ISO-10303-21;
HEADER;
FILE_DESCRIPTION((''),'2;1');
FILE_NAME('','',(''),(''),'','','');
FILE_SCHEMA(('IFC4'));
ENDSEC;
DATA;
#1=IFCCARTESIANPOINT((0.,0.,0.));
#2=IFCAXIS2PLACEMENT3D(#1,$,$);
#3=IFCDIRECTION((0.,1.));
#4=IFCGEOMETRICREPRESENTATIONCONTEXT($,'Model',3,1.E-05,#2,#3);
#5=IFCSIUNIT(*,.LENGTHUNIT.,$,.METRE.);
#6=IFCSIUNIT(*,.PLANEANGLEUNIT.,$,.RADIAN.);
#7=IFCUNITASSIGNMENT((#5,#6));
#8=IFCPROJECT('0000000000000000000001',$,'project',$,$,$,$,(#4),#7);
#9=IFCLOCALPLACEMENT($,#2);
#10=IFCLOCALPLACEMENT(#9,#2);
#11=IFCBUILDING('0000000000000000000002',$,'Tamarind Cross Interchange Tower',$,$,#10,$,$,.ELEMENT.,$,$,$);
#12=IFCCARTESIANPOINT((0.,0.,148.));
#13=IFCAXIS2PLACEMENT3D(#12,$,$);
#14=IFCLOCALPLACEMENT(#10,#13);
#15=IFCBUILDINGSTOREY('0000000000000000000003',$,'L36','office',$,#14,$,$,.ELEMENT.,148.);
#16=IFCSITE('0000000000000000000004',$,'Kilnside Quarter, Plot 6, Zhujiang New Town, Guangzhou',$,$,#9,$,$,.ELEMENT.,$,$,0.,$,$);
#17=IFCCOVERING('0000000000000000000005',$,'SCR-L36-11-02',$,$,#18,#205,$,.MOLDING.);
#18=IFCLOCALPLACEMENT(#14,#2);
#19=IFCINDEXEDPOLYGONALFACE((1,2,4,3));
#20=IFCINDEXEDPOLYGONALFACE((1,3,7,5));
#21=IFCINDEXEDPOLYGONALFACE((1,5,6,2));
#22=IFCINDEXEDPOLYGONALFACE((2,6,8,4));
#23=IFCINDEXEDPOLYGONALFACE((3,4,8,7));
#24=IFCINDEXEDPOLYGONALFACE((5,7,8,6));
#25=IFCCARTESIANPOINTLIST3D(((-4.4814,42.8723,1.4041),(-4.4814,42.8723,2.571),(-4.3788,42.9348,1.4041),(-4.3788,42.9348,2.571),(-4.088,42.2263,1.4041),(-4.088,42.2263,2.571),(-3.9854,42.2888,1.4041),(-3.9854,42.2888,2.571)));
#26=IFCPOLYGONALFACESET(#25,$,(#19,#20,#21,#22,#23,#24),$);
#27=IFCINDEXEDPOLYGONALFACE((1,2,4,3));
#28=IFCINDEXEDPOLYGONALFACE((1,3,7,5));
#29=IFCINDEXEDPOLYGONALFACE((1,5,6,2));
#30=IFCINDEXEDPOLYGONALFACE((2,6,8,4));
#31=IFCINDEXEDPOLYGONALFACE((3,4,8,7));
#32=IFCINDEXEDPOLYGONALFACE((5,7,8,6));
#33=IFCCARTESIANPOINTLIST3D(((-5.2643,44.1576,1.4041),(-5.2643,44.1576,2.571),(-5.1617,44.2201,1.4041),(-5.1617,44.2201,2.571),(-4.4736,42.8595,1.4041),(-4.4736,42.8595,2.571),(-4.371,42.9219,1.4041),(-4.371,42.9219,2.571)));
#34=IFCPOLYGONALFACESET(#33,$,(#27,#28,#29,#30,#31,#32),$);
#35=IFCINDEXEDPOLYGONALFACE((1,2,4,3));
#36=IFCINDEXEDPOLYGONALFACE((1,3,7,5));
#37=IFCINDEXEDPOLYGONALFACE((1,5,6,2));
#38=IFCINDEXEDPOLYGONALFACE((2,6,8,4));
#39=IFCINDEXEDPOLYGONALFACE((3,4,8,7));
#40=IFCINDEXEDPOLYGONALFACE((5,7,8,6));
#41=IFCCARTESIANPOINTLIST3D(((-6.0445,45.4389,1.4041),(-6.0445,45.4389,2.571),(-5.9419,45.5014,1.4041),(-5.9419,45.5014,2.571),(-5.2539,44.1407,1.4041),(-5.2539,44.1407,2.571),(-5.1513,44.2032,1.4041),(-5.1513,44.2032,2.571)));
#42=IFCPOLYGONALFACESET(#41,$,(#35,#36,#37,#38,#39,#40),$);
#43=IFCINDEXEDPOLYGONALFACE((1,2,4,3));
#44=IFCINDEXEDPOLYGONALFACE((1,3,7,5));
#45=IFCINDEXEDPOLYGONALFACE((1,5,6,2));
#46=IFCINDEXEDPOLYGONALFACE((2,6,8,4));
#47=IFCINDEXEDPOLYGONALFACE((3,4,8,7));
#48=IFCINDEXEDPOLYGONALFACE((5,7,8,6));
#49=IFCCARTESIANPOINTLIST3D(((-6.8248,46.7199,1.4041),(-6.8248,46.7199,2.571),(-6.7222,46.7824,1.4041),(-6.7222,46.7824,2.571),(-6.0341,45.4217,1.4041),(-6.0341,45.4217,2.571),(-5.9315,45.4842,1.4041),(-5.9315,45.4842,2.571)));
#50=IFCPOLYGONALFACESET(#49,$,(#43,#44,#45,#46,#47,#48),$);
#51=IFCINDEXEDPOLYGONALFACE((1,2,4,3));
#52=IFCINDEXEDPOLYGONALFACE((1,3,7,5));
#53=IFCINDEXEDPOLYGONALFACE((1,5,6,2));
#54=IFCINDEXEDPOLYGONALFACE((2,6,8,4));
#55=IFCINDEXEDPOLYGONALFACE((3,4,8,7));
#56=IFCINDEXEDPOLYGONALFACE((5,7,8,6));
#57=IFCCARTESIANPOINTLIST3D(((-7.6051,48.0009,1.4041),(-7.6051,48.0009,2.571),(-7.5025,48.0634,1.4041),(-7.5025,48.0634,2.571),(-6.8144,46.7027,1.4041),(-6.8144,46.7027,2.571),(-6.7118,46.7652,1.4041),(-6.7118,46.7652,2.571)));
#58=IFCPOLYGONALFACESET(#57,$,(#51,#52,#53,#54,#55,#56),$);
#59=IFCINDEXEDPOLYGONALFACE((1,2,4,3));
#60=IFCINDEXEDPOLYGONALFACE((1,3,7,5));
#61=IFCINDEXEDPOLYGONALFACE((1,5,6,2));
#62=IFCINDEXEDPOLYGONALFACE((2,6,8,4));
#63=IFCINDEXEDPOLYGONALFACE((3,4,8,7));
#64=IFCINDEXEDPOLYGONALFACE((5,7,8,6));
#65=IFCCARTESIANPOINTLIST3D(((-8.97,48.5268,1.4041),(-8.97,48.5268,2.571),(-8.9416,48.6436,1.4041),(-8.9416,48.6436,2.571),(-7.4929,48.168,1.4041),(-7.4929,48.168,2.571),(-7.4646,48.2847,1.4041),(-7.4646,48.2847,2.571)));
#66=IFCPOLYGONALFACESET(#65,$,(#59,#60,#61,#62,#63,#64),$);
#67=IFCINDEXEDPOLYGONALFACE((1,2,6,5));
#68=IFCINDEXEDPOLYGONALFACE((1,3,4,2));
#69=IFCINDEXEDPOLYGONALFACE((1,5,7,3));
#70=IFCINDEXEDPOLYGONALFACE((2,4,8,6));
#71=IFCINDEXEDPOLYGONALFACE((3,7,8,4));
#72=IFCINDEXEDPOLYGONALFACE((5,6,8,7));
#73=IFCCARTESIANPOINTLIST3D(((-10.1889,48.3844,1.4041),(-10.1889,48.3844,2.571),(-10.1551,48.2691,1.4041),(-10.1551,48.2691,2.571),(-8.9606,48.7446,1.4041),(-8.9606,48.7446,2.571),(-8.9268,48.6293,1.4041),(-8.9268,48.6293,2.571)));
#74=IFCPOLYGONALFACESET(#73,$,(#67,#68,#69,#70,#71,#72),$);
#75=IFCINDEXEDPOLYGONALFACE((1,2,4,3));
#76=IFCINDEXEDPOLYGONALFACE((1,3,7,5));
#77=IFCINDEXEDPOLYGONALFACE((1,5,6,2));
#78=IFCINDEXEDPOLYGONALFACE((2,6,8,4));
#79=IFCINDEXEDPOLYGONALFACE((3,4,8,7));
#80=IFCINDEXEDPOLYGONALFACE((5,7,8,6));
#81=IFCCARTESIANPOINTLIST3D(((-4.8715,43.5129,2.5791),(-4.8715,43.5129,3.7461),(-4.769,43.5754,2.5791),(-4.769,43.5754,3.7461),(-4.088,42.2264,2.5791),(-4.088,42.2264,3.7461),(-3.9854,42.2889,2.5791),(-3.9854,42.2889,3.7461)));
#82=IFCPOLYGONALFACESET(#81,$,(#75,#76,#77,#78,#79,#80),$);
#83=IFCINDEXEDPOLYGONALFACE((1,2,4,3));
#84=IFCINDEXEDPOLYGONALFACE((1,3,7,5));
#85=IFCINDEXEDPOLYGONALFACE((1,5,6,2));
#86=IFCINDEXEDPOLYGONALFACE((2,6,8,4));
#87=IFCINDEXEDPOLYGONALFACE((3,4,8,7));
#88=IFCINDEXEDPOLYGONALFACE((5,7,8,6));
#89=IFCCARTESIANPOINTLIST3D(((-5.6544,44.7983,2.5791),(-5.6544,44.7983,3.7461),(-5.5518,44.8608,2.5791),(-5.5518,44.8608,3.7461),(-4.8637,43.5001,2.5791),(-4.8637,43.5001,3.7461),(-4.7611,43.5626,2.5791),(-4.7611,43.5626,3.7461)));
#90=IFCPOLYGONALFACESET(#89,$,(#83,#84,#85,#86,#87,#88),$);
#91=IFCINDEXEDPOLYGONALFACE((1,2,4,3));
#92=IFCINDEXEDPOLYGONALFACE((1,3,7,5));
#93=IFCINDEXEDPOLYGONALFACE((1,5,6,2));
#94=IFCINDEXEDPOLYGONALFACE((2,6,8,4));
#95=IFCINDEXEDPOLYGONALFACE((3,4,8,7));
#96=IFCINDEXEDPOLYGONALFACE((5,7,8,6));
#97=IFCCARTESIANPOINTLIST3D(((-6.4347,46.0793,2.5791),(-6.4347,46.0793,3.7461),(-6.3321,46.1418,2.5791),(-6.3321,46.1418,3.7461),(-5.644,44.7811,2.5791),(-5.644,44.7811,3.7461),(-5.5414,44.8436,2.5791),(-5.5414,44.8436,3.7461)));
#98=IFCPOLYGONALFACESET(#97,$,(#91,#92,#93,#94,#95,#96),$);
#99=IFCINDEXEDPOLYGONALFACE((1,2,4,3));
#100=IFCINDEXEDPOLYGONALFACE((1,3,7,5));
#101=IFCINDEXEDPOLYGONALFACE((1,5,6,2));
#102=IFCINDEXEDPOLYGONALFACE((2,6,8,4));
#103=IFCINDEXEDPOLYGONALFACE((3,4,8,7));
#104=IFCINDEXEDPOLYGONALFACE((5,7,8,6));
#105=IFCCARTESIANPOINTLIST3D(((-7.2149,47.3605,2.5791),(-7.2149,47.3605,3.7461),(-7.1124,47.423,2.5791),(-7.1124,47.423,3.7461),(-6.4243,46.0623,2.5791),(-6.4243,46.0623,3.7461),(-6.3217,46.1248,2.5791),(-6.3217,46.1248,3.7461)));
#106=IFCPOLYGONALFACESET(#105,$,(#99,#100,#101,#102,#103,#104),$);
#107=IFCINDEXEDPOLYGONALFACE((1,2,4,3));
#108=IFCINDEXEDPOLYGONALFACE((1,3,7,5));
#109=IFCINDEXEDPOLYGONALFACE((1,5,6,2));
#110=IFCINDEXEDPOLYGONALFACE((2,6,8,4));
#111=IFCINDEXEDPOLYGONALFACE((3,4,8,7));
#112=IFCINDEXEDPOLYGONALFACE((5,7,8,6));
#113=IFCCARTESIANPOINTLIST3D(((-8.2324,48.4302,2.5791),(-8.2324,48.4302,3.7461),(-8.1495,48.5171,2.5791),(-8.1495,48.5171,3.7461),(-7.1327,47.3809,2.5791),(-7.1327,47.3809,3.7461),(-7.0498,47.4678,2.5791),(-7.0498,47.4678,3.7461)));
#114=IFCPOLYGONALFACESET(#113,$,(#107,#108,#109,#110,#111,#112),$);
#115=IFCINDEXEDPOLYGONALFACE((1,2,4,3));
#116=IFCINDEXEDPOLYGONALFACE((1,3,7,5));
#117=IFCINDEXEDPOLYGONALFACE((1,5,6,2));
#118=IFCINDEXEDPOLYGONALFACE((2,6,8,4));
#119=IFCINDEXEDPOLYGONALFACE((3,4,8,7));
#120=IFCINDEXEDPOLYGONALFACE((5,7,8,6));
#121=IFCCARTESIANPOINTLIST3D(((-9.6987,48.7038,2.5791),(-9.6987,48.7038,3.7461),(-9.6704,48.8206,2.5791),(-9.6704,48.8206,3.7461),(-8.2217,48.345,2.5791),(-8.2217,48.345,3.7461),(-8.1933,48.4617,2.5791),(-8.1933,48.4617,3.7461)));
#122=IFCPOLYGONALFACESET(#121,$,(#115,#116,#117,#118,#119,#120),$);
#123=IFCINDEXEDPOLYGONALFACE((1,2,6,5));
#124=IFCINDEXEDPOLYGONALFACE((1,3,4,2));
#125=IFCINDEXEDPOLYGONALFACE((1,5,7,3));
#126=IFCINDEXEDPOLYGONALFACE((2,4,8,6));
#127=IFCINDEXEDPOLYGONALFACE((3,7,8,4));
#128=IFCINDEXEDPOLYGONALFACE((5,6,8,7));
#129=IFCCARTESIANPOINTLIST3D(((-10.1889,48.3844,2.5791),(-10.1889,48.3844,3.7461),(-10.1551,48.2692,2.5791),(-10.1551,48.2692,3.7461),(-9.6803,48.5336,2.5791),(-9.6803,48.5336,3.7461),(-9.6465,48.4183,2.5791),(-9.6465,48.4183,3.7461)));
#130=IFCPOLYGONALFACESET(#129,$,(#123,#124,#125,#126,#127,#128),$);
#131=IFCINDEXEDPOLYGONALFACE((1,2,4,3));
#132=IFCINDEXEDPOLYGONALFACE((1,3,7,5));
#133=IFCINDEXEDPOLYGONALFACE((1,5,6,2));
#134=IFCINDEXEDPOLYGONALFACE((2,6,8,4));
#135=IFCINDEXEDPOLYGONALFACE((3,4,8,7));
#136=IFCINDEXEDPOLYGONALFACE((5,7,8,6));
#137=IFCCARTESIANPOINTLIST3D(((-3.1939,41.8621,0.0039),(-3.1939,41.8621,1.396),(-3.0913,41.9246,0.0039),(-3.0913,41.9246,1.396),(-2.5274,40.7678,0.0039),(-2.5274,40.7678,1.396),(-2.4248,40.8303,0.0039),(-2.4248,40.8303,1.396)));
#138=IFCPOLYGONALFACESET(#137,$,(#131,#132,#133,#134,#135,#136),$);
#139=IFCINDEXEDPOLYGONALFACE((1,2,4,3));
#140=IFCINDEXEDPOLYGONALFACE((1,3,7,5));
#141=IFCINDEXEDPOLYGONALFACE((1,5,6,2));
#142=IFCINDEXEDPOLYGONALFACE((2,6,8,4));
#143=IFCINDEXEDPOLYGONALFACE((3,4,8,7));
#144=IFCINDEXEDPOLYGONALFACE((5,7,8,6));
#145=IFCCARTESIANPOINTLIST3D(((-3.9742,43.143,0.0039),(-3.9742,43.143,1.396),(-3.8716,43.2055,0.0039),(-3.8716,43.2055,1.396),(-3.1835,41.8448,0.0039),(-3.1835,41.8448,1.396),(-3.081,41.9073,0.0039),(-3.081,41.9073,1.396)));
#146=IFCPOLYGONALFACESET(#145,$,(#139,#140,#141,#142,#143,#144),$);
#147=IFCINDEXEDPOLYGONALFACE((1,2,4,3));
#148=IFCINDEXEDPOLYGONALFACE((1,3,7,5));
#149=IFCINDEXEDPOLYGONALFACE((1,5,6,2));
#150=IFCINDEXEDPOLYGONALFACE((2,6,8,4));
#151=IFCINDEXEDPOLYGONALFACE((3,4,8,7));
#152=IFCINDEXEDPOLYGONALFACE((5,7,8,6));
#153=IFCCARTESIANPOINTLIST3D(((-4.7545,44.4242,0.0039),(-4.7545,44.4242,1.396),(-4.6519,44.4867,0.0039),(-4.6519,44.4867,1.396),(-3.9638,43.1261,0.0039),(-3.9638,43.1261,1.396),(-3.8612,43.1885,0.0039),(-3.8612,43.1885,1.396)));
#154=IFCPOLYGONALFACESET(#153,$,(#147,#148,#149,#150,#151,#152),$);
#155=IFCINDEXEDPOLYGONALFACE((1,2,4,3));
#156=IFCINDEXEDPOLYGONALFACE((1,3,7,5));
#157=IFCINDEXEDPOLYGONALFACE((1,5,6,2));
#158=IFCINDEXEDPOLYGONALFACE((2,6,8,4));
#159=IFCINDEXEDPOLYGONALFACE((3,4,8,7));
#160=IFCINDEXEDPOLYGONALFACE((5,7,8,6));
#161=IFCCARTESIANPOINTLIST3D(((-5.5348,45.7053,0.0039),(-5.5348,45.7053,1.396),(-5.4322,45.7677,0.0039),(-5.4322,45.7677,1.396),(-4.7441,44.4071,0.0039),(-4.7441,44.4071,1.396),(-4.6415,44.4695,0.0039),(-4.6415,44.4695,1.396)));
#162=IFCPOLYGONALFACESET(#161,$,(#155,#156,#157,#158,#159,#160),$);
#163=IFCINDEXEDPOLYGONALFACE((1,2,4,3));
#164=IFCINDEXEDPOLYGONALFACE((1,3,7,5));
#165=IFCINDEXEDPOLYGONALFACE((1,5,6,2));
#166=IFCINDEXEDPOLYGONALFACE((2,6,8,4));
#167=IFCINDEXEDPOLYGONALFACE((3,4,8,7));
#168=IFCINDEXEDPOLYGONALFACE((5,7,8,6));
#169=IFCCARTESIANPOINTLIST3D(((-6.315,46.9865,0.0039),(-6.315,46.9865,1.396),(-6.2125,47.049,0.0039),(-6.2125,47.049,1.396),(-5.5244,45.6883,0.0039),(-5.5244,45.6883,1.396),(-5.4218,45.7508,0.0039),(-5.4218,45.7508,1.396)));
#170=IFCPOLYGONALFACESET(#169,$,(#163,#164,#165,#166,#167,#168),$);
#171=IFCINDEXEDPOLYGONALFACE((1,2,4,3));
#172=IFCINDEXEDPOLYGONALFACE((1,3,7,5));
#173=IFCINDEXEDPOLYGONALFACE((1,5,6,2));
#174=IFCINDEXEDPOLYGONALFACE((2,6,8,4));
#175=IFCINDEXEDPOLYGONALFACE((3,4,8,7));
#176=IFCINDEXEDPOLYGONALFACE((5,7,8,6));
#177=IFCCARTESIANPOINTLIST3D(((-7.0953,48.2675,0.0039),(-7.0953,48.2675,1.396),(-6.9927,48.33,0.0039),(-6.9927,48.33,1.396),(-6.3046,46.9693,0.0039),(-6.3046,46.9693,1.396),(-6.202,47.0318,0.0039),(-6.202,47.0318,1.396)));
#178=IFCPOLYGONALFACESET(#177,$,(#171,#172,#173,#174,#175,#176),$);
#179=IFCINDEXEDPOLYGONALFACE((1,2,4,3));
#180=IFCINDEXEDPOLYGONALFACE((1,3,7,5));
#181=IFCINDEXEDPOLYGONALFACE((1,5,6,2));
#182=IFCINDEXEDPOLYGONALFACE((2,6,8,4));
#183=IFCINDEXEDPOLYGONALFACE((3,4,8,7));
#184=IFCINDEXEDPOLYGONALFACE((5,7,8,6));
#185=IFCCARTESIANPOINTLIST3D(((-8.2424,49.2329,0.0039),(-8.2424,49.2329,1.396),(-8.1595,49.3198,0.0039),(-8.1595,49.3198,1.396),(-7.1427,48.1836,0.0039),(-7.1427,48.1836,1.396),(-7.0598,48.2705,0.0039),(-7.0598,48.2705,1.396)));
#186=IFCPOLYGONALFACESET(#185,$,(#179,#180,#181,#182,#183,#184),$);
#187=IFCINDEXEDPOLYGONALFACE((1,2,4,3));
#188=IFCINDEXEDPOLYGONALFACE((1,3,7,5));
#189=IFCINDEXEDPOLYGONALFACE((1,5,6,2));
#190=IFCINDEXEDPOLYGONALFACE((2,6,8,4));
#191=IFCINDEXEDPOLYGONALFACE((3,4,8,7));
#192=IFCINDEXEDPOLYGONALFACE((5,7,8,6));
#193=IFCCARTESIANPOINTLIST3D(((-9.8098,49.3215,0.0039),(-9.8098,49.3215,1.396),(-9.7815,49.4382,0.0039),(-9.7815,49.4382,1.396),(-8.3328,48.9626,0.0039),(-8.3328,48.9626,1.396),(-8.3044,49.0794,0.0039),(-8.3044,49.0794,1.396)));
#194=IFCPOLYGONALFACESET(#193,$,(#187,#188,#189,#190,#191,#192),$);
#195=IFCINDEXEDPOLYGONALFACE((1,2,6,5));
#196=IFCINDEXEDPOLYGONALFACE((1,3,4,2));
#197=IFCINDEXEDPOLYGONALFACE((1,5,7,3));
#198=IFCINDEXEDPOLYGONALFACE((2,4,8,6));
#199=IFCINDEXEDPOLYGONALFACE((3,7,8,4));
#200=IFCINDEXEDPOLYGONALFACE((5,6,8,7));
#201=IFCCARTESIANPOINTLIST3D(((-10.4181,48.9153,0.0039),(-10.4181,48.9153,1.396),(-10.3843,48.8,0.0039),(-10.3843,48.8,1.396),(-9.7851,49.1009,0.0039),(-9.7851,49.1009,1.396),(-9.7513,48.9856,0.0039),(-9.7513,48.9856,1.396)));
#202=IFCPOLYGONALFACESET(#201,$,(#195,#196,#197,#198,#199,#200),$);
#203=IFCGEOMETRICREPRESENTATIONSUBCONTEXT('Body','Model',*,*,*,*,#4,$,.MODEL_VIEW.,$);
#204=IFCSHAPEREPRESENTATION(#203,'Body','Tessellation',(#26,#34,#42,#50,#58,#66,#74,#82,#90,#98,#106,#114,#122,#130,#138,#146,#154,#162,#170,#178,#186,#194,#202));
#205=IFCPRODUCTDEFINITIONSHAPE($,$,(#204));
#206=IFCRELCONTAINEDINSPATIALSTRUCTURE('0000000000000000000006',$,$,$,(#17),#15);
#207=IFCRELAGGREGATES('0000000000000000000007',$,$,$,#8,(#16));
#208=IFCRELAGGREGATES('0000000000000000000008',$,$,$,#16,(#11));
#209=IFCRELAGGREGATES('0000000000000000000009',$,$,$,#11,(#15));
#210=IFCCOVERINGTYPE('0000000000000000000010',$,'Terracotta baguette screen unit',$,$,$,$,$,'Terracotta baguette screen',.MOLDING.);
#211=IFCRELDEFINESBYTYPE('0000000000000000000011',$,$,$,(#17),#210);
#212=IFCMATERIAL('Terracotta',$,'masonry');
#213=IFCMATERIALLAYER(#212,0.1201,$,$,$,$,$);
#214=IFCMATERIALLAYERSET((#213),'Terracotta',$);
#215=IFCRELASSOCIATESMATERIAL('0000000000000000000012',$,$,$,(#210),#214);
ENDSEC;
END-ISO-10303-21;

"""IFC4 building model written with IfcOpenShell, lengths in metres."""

from ifc_helpers import new_model, si_unit, direction, frame, origin, origin_2d, place, context, subcontext, project, spatial, rectangle, extrude, material, layer, layer_set, type_object, element, save


model = new_model("IFC4")

# Units and contexts
model_context = context("Model", 3, precision=1e-05, world=origin(), true_north=direction((0.0, 1.0)))
body_context = subcontext(model_context, "Body", "Model", "MODEL_VIEW")
ifc_project = project(units=[si_unit("LENGTHUNIT", "METRE"), si_unit("PLANEANGLEUNIT", "RADIAN")], contexts=[model_context])

# Site, building, storey
site_placement = place(None, origin())
site = spatial("IfcSite", under=ifc_project, at=site_placement, Name="Kilnside Quarter, Plot 6, Zhujiang New Town, Guangzhou", CompositionType="ELEMENT", RefElevation=0.0)
building_placement = place(site_placement, origin())
building = spatial("IfcBuilding", under=site, at=building_placement, Name="Tamarind Cross Interchange Tower", CompositionType="ELEMENT")
storey_placement = place(building_placement, frame((0.0, 0.0, 148.0)))
storey = spatial("IfcBuildingStorey", under=building, at=storey_placement, Name="L36", Description="office", CompositionType="ELEMENT", Elevation=148.0)

# Covering
ifc_material_1 = material(Name="Terracotta", Category="masonry")
ifc_layer_1 = layer(ifc_material_1, 0.1201)
ifc_layer_set_1 = layer_set([ifc_layer_1], Name="Terracotta")
covering_type = type_object("IfcCoveringType", Name="Terracotta baguette screen unit", ElementType="Terracotta baguette screen", PredefinedType="MOLDING", material=ifc_layer_set_1)
covering_1_placement = place(storey_placement, origin())
element("IfcCovering", 1, at=covering_1_placement, inside=storey, type_object=covering_type, Name="SCR-L36-11-02", PredefinedType="MOLDING", context=body_context, shape_type="SweptSolid", body=[
    extrude(rectangle(XDim=0.7563, YDim=0.1201, at=origin_2d()), frame((-4.2334, 42.5806, 1.4041), z_axis=(0.0, 0.0, 1.0), x_axis=(-0.520175, 0.85406, 0.0)), (0.0, 0.0, 1.0), 1.167),
    extrude(rectangle(XDim=1.52, YDim=0.1201, at=origin_2d()), frame((-4.8176, 43.5398, 1.4041), z_axis=(0.0, 0.0, 1.0), x_axis=(-0.520175, 0.85406, 0.0)), (0.0, 0.0, 1.0), 1.167),
    extrude(rectangle(XDim=1.52, YDim=0.1201, at=origin_2d()), frame((-5.5979, 44.821, 1.4041), z_axis=(0.0, 0.0, 1.0), x_axis=(-0.520175, 0.85406, 0.0)), (0.0, 0.0, 1.0), 1.167),
    extrude(rectangle(XDim=1.52, YDim=0.1201, at=origin_2d()), frame((-6.3782, 46.1021, 1.4041), z_axis=(0.0, 0.0, 1.0), x_axis=(-0.520175, 0.85406, 0.0)), (0.0, 0.0, 1.0), 1.167),
    extrude(rectangle(XDim=1.52, YDim=0.1201, at=origin_2d()), frame((-7.1584, 47.3831, 1.4041), z_axis=(0.0, 0.0, 1.0), x_axis=(-0.520175, 0.85406, 0.0)), (0.0, 0.0, 1.0), 1.167),
    extrude(rectangle(XDim=1.52, YDim=0.1201, at=origin_2d()), frame((-8.2173, 48.4058, 1.4041), z_axis=(0.0, 0.0, 1.0), x_axis=(-0.971731, 0.236092, 0.0)), (0.0, 0.0, 1.0), 1.167),
    extrude(rectangle(XDim=1.28, YDim=0.1201, at=origin_2d()), frame((-9.5579, 48.5068, 1.4041), z_axis=(0.0, 0.0, 1.0), x_axis=(-0.959589, -0.281404, 0.0)), (0.0, 0.0, 1.0), 1.167),
    extrude(rectangle(XDim=1.5063, YDim=0.1201, at=origin_2d()), frame((-4.4285, 42.9009, 2.5791), z_axis=(0.0, 0.0, 1.0), x_axis=(-0.520175, 0.85406, 0.0)), (0.0, 0.0, 1.0), 1.167),
    extrude(rectangle(XDim=1.52, YDim=0.1201, at=origin_2d()), frame((-5.2078, 44.1804, 2.5791), z_axis=(0.0, 0.0, 1.0), x_axis=(-0.520175, 0.85406, 0.0)), (0.0, 0.0, 1.0), 1.167),
    extrude(rectangle(XDim=1.52, YDim=0.1201, at=origin_2d()), frame((-5.988, 45.4614, 2.5791), z_axis=(0.0, 0.0, 1.0), x_axis=(-0.520175, 0.85406, 0.0)), (0.0, 0.0, 1.0), 1.167),
    extrude(rectangle(XDim=1.52, YDim=0.1201, at=origin_2d()), frame((-6.7683, 46.7427, 2.5791), z_axis=(0.0, 0.0, 1.0), x_axis=(-0.520175, 0.85406, 0.0)), (0.0, 0.0, 1.0), 1.167),
    extrude(rectangle(XDim=1.52, YDim=0.1201, at=origin_2d()), frame((-7.6411, 47.949, 2.5791), z_axis=(0.0, 0.0, 1.0), x_axis=(-0.723497, 0.690327, 0.0)), (0.0, 0.0, 1.0), 1.167),
    extrude(rectangle(XDim=1.52, YDim=0.1201, at=origin_2d()), frame((-8.946, 48.5828, 2.5791), z_axis=(0.0, 0.0, 1.0), x_axis=(-0.971731, 0.236092, 0.0)), (0.0, 0.0, 1.0), 1.167),
    extrude(rectangle(XDim=0.53, YDim=0.1201, at=origin_2d()), frame((-9.9177, 48.4014, 2.5791), z_axis=(0.0, 0.0, 1.0), x_axis=(-0.959589, -0.281404, 0.0)), (0.0, 0.0, 1.0), 1.167),
    extrude(rectangle(XDim=1.2812, YDim=0.1201, at=origin_2d()), frame((-2.8093, 41.3462, 0.0039), z_axis=(0.0, 0.0, 1.0), x_axis=(-0.520175, 0.85406, 0.0)), (0.0, 0.0, 1.0), 1.3921),
    extrude(rectangle(XDim=1.52, YDim=0.1201, at=origin_2d()), frame((-3.5276, 42.5251, 0.0039), z_axis=(0.0, 0.0, 1.0), x_axis=(-0.520175, 0.85406, 0.0)), (0.0, 0.0, 1.0), 1.3921),
    extrude(rectangle(XDim=1.52, YDim=0.1201, at=origin_2d()), frame((-4.3079, 43.8064, 0.0039), z_axis=(0.0, 0.0, 1.0), x_axis=(-0.520175, 0.85406, 0.0)), (0.0, 0.0, 1.0), 1.3921),
    extrude(rectangle(XDim=1.52, YDim=0.1201, at=origin_2d()), frame((-5.0881, 45.0874, 0.0039), z_axis=(0.0, 0.0, 1.0), x_axis=(-0.520175, 0.85406, 0.0)), (0.0, 0.0, 1.0), 1.3921),
    extrude(rectangle(XDim=1.52, YDim=0.1201, at=origin_2d()), frame((-5.8684, 46.3687, 0.0039), z_axis=(0.0, 0.0, 1.0), x_axis=(-0.520175, 0.85406, 0.0)), (0.0, 0.0, 1.0), 1.3921),
    extrude(rectangle(XDim=1.52, YDim=0.1201, at=origin_2d()), frame((-6.6487, 47.6497, 0.0039), z_axis=(0.0, 0.0, 1.0), x_axis=(-0.520175, 0.85406, 0.0)), (0.0, 0.0, 1.0), 1.3921),
    extrude(rectangle(XDim=1.52, YDim=0.1201, at=origin_2d()), frame((-7.6511, 48.7517, 0.0039), z_axis=(0.0, 0.0, 1.0), x_axis=(-0.723497, 0.690327, 0.0)), (0.0, 0.0, 1.0), 1.3921),
    extrude(rectangle(XDim=1.52, YDim=0.1201, at=origin_2d()), frame((-9.0571, 49.2004, 0.0039), z_axis=(0.0, 0.0, 1.0), x_axis=(-0.971731, 0.236092, 0.0)), (0.0, 0.0, 1.0), 1.3921),
    extrude(rectangle(XDim=0.6597, YDim=0.1201, at=origin_2d()), frame((-10.0847, 48.9504, 0.0039), z_axis=(0.0, 0.0, 1.0), x_axis=(-0.959589, -0.281404, 0.0)), (0.0, 0.0, 1.0), 1.3921),
])

save(model, "model.ifc")
